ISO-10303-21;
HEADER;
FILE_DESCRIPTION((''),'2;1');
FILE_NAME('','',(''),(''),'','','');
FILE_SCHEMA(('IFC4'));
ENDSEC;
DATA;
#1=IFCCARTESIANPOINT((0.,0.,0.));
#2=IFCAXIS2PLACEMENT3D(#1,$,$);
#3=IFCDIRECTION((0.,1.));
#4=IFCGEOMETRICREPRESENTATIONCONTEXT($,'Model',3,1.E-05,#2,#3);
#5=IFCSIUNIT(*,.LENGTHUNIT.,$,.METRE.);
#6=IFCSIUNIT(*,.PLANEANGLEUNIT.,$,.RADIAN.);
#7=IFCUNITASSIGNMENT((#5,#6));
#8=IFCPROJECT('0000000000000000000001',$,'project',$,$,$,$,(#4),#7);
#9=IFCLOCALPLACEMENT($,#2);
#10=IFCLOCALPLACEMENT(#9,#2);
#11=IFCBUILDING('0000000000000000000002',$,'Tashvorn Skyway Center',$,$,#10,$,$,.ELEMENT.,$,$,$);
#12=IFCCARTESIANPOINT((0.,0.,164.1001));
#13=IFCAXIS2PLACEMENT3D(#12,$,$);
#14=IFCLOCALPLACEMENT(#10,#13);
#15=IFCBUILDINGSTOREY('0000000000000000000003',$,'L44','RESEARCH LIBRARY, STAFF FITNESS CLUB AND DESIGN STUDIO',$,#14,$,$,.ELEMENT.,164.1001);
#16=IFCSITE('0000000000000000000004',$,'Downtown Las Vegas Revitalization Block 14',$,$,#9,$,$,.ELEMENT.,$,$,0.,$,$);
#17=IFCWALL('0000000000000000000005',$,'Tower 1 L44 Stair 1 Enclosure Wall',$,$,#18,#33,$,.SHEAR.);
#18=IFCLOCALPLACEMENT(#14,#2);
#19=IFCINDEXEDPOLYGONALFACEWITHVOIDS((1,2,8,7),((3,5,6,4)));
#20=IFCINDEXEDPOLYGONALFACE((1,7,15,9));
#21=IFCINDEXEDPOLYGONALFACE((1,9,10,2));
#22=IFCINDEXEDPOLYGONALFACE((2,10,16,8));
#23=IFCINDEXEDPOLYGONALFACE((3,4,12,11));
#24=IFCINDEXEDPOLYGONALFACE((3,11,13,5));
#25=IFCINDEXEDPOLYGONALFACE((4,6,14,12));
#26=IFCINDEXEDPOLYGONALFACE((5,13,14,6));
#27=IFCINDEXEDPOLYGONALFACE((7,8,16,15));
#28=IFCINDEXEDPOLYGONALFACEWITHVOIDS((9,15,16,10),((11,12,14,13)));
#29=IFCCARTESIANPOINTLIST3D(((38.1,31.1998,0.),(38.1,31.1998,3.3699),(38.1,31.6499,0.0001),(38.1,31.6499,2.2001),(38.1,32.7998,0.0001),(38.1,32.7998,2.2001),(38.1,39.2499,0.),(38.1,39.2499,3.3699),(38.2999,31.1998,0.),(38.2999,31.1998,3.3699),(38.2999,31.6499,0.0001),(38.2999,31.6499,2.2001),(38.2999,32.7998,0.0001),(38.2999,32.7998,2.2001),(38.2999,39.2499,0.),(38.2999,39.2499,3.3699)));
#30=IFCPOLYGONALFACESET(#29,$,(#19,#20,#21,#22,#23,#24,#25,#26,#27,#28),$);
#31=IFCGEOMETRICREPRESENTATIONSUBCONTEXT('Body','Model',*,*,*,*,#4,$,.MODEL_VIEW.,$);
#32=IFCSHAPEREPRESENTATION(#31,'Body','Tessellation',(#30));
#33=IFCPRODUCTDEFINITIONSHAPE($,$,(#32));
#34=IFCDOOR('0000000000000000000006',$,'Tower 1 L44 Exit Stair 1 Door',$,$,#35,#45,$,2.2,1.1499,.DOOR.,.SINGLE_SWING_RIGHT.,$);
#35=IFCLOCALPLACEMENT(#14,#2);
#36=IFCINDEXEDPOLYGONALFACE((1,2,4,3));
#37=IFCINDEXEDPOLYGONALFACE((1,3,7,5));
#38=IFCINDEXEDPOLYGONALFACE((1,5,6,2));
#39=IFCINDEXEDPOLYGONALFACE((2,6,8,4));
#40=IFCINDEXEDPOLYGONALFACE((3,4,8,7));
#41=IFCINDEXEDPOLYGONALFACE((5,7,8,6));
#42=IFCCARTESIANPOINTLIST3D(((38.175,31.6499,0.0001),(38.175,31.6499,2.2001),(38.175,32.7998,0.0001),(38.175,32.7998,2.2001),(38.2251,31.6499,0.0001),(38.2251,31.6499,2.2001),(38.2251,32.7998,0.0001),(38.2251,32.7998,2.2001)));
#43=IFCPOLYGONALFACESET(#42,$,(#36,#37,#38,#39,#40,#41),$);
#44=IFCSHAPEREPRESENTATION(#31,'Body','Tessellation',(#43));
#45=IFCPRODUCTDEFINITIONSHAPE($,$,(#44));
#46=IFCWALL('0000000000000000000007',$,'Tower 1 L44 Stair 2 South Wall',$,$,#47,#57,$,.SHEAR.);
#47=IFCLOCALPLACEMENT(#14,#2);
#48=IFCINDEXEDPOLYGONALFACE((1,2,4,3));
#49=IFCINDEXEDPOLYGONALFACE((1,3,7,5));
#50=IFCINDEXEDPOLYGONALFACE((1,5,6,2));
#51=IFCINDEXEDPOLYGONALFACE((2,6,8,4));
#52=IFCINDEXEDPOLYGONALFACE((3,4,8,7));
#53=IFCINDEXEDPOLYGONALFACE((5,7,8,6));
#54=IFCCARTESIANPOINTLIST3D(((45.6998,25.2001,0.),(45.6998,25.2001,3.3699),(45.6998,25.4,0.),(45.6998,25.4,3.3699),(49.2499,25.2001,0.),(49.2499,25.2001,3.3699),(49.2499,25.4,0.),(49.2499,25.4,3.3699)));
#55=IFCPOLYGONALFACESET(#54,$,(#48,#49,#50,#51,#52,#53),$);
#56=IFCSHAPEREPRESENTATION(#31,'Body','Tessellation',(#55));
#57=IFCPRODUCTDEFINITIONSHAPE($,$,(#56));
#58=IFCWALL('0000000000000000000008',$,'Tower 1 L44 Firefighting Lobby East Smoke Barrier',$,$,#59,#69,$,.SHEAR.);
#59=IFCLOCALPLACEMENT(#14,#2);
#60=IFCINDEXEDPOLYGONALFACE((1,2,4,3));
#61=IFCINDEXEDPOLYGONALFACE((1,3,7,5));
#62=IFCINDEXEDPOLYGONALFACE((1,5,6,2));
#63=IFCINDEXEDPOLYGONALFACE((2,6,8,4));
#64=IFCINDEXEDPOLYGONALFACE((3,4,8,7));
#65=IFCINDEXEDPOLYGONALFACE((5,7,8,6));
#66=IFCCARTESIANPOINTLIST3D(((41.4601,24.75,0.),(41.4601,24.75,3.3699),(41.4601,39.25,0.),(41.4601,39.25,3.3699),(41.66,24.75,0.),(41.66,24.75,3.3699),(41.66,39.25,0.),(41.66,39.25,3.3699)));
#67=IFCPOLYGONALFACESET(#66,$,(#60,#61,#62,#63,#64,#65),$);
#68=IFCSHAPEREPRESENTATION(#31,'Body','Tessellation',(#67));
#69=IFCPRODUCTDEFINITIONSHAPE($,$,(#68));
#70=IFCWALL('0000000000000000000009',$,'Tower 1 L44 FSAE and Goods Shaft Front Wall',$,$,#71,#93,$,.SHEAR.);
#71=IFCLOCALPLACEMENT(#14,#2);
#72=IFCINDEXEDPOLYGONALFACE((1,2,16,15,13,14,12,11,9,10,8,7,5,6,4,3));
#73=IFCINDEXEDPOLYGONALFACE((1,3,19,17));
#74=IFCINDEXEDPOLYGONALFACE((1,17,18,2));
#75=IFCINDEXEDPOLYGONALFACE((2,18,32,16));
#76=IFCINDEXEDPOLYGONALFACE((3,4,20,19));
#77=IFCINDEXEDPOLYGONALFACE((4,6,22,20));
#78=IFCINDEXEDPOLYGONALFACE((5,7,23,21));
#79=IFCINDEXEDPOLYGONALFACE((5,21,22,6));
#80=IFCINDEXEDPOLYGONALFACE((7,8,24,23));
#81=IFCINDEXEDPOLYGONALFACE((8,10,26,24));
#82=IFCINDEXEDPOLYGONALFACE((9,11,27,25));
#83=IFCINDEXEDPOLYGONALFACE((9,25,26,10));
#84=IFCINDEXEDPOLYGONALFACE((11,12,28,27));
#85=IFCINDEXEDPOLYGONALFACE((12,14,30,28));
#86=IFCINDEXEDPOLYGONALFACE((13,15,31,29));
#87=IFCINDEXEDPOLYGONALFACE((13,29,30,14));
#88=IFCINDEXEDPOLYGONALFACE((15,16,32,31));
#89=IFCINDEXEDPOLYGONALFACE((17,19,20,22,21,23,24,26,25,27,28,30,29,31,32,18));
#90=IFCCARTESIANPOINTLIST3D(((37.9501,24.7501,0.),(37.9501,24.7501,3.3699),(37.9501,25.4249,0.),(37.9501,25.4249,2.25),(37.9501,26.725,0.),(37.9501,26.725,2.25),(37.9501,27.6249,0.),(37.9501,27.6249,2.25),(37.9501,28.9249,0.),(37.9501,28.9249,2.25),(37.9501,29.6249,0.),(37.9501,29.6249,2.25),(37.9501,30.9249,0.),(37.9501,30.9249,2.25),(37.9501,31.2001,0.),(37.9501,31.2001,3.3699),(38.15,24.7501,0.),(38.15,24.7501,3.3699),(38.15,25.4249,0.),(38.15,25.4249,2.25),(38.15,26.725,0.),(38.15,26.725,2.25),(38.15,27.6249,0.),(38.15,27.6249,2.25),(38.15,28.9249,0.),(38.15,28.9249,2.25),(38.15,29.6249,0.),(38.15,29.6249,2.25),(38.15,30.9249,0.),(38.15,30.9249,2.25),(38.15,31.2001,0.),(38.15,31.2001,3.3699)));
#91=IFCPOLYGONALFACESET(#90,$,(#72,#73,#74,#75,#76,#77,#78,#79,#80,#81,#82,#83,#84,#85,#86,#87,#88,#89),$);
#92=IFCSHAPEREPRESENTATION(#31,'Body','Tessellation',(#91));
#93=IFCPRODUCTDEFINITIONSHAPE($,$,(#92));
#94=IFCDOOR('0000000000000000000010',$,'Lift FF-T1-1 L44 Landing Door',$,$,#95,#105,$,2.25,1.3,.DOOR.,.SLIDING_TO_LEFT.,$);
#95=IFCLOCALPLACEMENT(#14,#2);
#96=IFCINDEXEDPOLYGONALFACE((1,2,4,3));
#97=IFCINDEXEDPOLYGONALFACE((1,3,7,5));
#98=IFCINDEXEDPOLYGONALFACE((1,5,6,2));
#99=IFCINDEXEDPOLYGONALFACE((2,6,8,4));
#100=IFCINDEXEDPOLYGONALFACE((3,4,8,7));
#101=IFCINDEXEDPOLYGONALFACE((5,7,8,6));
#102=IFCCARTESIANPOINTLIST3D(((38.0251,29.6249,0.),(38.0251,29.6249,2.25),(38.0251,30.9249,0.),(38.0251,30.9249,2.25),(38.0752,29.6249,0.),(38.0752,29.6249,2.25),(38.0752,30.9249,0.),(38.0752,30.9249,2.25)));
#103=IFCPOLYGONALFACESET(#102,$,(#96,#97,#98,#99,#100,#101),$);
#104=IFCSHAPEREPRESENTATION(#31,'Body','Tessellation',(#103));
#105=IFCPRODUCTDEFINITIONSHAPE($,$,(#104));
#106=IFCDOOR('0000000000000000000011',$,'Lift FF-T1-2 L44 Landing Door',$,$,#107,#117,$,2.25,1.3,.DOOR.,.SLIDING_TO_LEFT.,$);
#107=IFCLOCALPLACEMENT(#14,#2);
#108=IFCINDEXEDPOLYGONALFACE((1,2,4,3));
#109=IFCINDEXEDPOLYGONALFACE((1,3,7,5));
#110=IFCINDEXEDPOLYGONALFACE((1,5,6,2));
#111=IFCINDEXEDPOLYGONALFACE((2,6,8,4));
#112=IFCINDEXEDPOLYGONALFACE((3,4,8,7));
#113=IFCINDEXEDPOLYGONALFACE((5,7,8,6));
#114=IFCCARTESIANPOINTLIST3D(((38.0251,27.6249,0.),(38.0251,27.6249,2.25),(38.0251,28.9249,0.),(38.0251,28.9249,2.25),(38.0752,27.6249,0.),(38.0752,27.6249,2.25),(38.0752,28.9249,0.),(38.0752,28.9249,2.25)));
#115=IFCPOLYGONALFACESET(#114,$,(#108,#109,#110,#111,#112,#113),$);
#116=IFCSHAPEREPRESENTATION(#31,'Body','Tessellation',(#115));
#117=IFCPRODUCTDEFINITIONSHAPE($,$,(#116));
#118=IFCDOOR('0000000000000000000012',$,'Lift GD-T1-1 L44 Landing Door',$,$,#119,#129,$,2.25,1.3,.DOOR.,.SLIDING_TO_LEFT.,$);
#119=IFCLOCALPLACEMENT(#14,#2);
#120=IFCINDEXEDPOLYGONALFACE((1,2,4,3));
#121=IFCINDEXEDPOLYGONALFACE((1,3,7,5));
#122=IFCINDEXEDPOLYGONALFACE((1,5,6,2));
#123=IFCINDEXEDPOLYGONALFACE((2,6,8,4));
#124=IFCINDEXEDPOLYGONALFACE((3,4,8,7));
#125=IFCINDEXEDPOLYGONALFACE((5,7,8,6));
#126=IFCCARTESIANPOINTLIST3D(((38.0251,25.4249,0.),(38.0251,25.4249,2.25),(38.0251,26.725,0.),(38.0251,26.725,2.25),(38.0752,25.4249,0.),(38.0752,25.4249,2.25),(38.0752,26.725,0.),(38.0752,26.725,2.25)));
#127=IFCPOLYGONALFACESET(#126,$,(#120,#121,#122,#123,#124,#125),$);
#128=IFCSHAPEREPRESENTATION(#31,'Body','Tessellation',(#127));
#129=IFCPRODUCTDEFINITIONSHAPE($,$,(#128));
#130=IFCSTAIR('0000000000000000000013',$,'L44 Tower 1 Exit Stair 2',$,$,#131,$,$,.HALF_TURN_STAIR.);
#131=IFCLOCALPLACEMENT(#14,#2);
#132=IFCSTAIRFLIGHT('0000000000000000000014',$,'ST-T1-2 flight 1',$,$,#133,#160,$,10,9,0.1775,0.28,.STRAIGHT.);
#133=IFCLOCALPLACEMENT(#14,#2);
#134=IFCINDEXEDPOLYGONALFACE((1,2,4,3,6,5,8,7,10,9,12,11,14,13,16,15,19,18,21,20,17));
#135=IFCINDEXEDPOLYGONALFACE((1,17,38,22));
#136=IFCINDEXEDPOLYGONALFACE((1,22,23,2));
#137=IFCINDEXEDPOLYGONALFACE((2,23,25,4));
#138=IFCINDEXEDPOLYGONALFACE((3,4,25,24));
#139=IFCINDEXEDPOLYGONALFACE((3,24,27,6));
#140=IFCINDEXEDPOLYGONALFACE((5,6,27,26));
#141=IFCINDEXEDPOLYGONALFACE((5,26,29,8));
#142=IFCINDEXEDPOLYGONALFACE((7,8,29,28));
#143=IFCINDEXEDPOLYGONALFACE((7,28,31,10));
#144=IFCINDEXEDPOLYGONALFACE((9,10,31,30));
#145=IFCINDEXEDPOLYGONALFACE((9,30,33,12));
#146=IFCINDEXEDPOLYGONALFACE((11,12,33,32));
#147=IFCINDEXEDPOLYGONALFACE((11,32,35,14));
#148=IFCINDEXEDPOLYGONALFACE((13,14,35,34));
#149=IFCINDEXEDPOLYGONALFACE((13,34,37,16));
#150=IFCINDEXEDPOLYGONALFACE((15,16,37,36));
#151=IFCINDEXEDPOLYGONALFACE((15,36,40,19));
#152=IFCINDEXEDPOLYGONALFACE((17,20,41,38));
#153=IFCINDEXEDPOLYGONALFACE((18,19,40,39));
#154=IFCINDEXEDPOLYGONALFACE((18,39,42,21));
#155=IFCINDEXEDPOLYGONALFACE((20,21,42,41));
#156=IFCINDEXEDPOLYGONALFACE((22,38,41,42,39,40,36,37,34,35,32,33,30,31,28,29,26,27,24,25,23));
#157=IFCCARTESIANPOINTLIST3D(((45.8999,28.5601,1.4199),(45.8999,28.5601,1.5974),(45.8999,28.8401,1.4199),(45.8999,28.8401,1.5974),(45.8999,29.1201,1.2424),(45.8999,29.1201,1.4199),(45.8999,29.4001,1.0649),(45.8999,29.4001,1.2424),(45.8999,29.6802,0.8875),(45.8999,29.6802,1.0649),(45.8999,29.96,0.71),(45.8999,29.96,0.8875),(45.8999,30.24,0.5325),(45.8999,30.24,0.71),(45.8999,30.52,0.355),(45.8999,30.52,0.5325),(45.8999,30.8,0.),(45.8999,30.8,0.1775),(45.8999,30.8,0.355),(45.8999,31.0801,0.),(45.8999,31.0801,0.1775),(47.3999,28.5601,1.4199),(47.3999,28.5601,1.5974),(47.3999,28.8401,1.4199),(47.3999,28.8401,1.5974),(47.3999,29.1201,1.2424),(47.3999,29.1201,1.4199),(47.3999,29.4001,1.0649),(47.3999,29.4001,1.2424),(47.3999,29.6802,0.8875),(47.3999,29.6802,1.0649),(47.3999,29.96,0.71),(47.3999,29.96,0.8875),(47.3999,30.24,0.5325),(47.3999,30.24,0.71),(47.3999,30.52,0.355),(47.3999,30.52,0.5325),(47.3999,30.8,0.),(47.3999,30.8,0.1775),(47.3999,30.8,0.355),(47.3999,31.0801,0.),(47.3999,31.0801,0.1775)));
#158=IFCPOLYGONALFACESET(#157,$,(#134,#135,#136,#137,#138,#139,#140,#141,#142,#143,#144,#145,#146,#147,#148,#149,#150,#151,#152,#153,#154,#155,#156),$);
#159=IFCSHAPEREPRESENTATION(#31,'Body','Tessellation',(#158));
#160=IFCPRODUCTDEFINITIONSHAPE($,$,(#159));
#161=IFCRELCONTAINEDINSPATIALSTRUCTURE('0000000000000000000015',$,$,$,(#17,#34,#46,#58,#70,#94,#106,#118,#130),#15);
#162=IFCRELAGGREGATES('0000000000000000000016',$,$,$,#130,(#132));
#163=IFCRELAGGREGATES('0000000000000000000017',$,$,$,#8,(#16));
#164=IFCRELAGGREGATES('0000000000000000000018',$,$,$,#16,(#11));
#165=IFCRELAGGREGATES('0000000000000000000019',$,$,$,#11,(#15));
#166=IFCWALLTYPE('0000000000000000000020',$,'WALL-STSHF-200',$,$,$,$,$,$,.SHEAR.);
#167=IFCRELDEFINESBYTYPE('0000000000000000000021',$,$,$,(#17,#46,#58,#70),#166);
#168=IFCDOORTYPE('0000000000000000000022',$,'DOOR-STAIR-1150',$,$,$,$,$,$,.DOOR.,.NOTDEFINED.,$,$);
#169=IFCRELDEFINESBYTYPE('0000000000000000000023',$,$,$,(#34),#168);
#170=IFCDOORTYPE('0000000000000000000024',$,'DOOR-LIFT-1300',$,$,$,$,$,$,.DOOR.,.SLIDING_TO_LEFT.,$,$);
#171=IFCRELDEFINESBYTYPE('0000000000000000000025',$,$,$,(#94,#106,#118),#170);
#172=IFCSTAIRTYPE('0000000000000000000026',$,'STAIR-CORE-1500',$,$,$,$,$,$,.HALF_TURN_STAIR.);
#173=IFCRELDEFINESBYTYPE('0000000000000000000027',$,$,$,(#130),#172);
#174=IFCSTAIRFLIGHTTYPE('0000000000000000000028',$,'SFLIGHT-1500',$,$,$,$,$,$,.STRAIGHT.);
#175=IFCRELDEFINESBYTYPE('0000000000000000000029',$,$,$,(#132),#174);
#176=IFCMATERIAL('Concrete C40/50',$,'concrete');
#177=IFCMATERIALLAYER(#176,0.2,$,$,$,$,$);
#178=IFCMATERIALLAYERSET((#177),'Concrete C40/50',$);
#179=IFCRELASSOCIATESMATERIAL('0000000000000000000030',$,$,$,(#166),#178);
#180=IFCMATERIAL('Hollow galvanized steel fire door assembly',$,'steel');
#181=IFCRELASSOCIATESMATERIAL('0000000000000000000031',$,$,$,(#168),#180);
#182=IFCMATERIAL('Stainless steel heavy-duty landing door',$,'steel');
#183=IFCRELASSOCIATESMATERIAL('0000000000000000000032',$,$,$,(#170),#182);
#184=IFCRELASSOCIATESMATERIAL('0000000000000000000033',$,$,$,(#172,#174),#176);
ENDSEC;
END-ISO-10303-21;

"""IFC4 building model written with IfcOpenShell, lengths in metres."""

from ifc_helpers import new_model, si_unit, direction, frame, frame_2d, origin, place, context, subcontext, project, spatial, polyline, rectangle, outline, extrude, material, layer, layer_set, type_object, element, fill, aggregate, save


model = new_model("IFC4")

# Units and contexts
model_context = context("Model", 3, precision=1e-05, world=origin(), true_north=direction((0.0, 1.0)))
body_context = subcontext(model_context, "Body", "Model", "MODEL_VIEW")
ifc_project = project(units=[si_unit("LENGTHUNIT", "METRE"), si_unit("PLANEANGLEUNIT", "RADIAN")], contexts=[model_context])

# Site, building, storey
site_placement = place(None, origin())
site = spatial("IfcSite", under=ifc_project, at=site_placement, Name="Downtown Las Vegas Revitalization Block 14", CompositionType="ELEMENT", RefElevation=0.0)
building_placement = place(site_placement, origin())
building = spatial("IfcBuilding", under=site, at=building_placement, Name="Tashvorn Skyway Center", CompositionType="ELEMENT")
storey_placement = place(building_placement, frame((0.0, 0.0, 164.1001)))
storey = spatial("IfcBuildingStorey", under=building, at=storey_placement, Name="L44", Description="RESEARCH LIBRARY, STAFF FITNESS CLUB AND DESIGN STUDIO", CompositionType="ELEMENT", Elevation=164.1001)

# Shared definitions
ifc_material_1 = material(Name="Concrete C40/50", Category="concrete")
ifc_material_2 = material(Name="Hollow galvanized steel fire door assembly", Category="steel")

# Wall, opening, door
ifc_layer_1 = layer(ifc_material_1, 0.2)
ifc_layer_set_1 = layer_set([ifc_layer_1], Name="Concrete C40/50")
wall_type_1 = type_object("IfcWallType", Name="WALL-STSHF-200", PredefinedType="SHEAR", material=ifc_layer_set_1)
wall_1_placement = place(storey_placement, frame((38.2, 31.2, 0.0), z_axis=(0.0, 0.0, 1.0), x_axis=(0.0, 1.0, 0.0)))
wall_1 = element("IfcWall", 1, at=wall_1_placement, inside=storey, type_object=wall_type_1, Name="Tower 1 L44 Stair 1 Enclosure Wall", PredefinedType="SHEAR", context=body_context, shape_type="SweptSolid", body=[
    extrude(rectangle(XDim=8.05, YDim=0.2, at=frame_2d((4.0249, 0.0))), origin(), (0.0, 0.0, 1.0), 3.3699),
])
opening_1_placement = place(wall_1_placement, frame((0.45, 0.0, 0.0)))
opening_1 = element("IfcOpeningElement", 2, at=opening_1_placement, cuts=wall_1, PredefinedType="OPENING", context=body_context, shape_type="SweptSolid", body=[
    extrude(rectangle(XDim=1.1499, YDim=2.2, at=frame_2d((0.575, 1.1001))), frame((0.0, 0.1099, 0.0), z_axis=(0.0, -1.0, 0.0), x_axis=(1.0, 0.0, 0.0)), (0.0, 0.0, 1.0), 0.22),
])
door_type_1 = type_object("IfcDoorType", Name="DOOR-STAIR-1150", OperationType="NOTDEFINED", PredefinedType="DOOR", material=ifc_material_2)
door_1_placement = place(opening_1_placement, origin())
door_1 = element("IfcDoor", 3, at=door_1_placement, inside=storey, type_object=door_type_1, Name="Tower 1 L44 Exit Stair 1 Door", OperationType="SINGLE_SWING_RIGHT", OverallHeight=2.2, OverallWidth=1.1499, PredefinedType="DOOR", context=body_context, shape_type="SweptSolid", body=[
    extrude(rectangle(XDim=1.1499, YDim=2.2, at=frame_2d((0.575, 1.1001))), frame((0.0, 0.0249, 0.0), z_axis=(0.0, -1.0, 0.0), x_axis=(1.0, 0.0, 0.0)), (0.0, 0.0, 1.0), 0.05),
])
fill(opening_1, door_1)

# Walls
wall_2_placement = place(storey_placement, frame((45.7, 25.3, 0.0), z_axis=(0.0, 0.0, 1.0), x_axis=(1.0, 0.0, 0.0)))
element("IfcWall", 4, at=wall_2_placement, inside=storey, type_object=wall_type_1, Name="Tower 1 L44 Stair 2 South Wall", PredefinedType="SHEAR", context=body_context, shape_type="SweptSolid", body=[
    extrude(rectangle(XDim=3.55, YDim=0.2, at=frame_2d((1.7749, 0.0))), origin(), (0.0, 0.0, 1.0), 3.3699),
])
wall_3_placement = place(storey_placement, frame((41.5601, 24.75, 0.0), z_axis=(0.0, 0.0, 1.0), x_axis=(0.0, 1.0, 0.0)))
element("IfcWall", 5, at=wall_3_placement, inside=storey, type_object=wall_type_1, Name="Tower 1 L44 Firefighting Lobby East Smoke Barrier", PredefinedType="SHEAR", context=body_context, shape_type="SweptSolid", body=[
    extrude(rectangle(XDim=14.5, YDim=0.2, at=frame_2d((7.25, 0.0))), origin(), (0.0, 0.0, 1.0), 3.3699),
])

# Wall, openings, doors
wall_4_placement = place(storey_placement, frame((38.05, 24.75, 0.0), z_axis=(0.0, 0.0, 1.0), x_axis=(0.0, 1.0, 0.0)))
wall_4 = element("IfcWall", 6, at=wall_4_placement, inside=storey, type_object=wall_type_1, Name="Tower 1 L44 FSAE and Goods Shaft Front Wall", PredefinedType="SHEAR", context=body_context, shape_type="SweptSolid", body=[
    extrude(rectangle(XDim=6.45, YDim=0.2, at=frame_2d((3.2251, 0.0))), origin(), (0.0, 0.0, 1.0), 3.3699),
])
opening_2_placement = place(wall_4_placement, frame((4.875, 0.0, 0.0)))
opening_2 = element("IfcOpeningElement", 7, at=opening_2_placement, cuts=wall_4, PredefinedType="OPENING", context=body_context, shape_type="SweptSolid", body=[
    extrude(rectangle(XDim=1.3, YDim=2.25, at=frame_2d((0.6499, 1.125))), frame((0.0, 0.1099, 0.0), z_axis=(0.0, -1.0, 0.0), x_axis=(1.0, 0.0, 0.0)), (0.0, 0.0, 1.0), 0.22),
])
opening_3_placement = place(wall_4_placement, frame((2.875, 0.0, 0.0)))
opening_3 = element("IfcOpeningElement", 8, at=opening_3_placement, cuts=wall_4, PredefinedType="OPENING", context=body_context, shape_type="SweptSolid", body=[
    extrude(rectangle(XDim=1.3, YDim=2.25, at=frame_2d((0.6499, 1.125))), frame((0.0, 0.1099, 0.0), z_axis=(0.0, -1.0, 0.0), x_axis=(1.0, 0.0, 0.0)), (0.0, 0.0, 1.0), 0.22),
])
opening_4_placement = place(wall_4_placement, frame((0.675, 0.0, 0.0)))
opening_4 = element("IfcOpeningElement", 9, at=opening_4_placement, cuts=wall_4, PredefinedType="OPENING", context=body_context, shape_type="SweptSolid", body=[
    extrude(rectangle(XDim=1.3, YDim=2.25, at=frame_2d((0.6499, 1.125))), frame((0.0, 0.1099, 0.0), z_axis=(0.0, -1.0, 0.0), x_axis=(1.0, 0.0, 0.0)), (0.0, 0.0, 1.0), 0.22),
])
ifc_material_3 = material(Name="Stainless steel heavy-duty landing door", Category="steel")
door_type_2 = type_object("IfcDoorType", Name="DOOR-LIFT-1300", OperationType="SLIDING_TO_LEFT", PredefinedType="DOOR", material=ifc_material_3)
door_2_placement = place(opening_2_placement, origin())
door_2 = element("IfcDoor", 10, at=door_2_placement, inside=storey, type_object=door_type_2, Name="Lift FF-T1-1 L44 Landing Door", OperationType="SLIDING_TO_LEFT", OverallHeight=2.25, OverallWidth=1.3, PredefinedType="DOOR", context=body_context, shape_type="SweptSolid", body=[
    extrude(rectangle(XDim=1.3, YDim=2.25, at=frame_2d((0.6499, 1.125))), frame((0.0, 0.0249, 0.0), z_axis=(0.0, -1.0, 0.0), x_axis=(1.0, 0.0, 0.0)), (0.0, 0.0, 1.0), 0.05),
])
fill(opening_2, door_2)
door_3_placement = place(opening_3_placement, origin())
door_3 = element("IfcDoor", 11, at=door_3_placement, inside=storey, type_object=door_type_2, Name="Lift FF-T1-2 L44 Landing Door", OperationType="SLIDING_TO_LEFT", OverallHeight=2.25, OverallWidth=1.3, PredefinedType="DOOR", context=body_context, shape_type="SweptSolid", body=[
    extrude(rectangle(XDim=1.3, YDim=2.25, at=frame_2d((0.6499, 1.125))), frame((0.0, 0.0249, 0.0), z_axis=(0.0, -1.0, 0.0), x_axis=(1.0, 0.0, 0.0)), (0.0, 0.0, 1.0), 0.05),
])
fill(opening_3, door_3)
door_4_placement = place(opening_4_placement, origin())
door_4 = element("IfcDoor", 12, at=door_4_placement, inside=storey, type_object=door_type_2, Name="Lift GD-T1-1 L44 Landing Door", OperationType="SLIDING_TO_LEFT", OverallHeight=2.25, OverallWidth=1.3, PredefinedType="DOOR", context=body_context, shape_type="SweptSolid", body=[
    extrude(rectangle(XDim=1.3, YDim=2.25, at=frame_2d((0.6499, 1.125))), frame((0.0, 0.0249, 0.0), z_axis=(0.0, -1.0, 0.0), x_axis=(1.0, 0.0, 0.0)), (0.0, 0.0, 1.0), 0.05),
])
fill(opening_4, door_4)

# Stair, stair flight
stair_type = type_object("IfcStairType", Name="STAIR-CORE-1500", PredefinedType="HALF_TURN_STAIR", material=ifc_material_1)
stair_placement = place(storey_placement, origin())
stair = element("IfcStair", 13, at=stair_placement, inside=storey, type_object=stair_type, Name="L44 Tower 1 Exit Stair 2", PredefinedType="HALF_TURN_STAIR")
stair_flight_type = type_object("IfcStairFlightType", Name="SFLIGHT-1500", PredefinedType="STRAIGHT", material=ifc_material_1)
stair_flight_placement = place(storey_placement, frame((46.6499, 31.0801, 0.0), z_axis=(0.0, 0.0, 1.0), x_axis=(0.0, -1.0, 0.0)))
stair_flight = element("IfcStairFlight", 14, at=stair_flight_placement, type_object=stair_flight_type, Name="ST-T1-2 flight 1", NumberOfRisers=10, NumberOfTreads=9, PredefinedType="STRAIGHT", RiserHeight=0.1775, TreadLength=0.28, context=body_context, shape_type="SweptSolid", body=[
    extrude(outline(polyline([(0.0, 0.0), (0.0, 0.1775), (0.28, 0.1775), (0.28, 0.355), (0.5601, 0.355), (0.5601, 0.5325), (0.8401, 0.5325), (0.8401, 0.71), (1.1201, 0.71), (1.1201, 0.8875), (1.3999, 0.8875), (1.3999, 1.0649), (1.6799, 1.0649), (1.6799, 1.2424), (1.96, 1.2424), (1.96, 1.4199), (2.24, 1.4199), (2.24, 1.5974), (2.52, 1.5974), (2.52, 1.7749), (2.52, 1.4199), (0.28, 0.0), (0.0, 0.0)])), frame((0.0, 0.75, 0.0), z_axis=(0.0, -1.0, 0.0), x_axis=(1.0, 0.0, 0.0)), (0.0, 0.0, 1.0), 1.5),
])
aggregate(stair, [stair_flight])

save(model, "model.ifc")
